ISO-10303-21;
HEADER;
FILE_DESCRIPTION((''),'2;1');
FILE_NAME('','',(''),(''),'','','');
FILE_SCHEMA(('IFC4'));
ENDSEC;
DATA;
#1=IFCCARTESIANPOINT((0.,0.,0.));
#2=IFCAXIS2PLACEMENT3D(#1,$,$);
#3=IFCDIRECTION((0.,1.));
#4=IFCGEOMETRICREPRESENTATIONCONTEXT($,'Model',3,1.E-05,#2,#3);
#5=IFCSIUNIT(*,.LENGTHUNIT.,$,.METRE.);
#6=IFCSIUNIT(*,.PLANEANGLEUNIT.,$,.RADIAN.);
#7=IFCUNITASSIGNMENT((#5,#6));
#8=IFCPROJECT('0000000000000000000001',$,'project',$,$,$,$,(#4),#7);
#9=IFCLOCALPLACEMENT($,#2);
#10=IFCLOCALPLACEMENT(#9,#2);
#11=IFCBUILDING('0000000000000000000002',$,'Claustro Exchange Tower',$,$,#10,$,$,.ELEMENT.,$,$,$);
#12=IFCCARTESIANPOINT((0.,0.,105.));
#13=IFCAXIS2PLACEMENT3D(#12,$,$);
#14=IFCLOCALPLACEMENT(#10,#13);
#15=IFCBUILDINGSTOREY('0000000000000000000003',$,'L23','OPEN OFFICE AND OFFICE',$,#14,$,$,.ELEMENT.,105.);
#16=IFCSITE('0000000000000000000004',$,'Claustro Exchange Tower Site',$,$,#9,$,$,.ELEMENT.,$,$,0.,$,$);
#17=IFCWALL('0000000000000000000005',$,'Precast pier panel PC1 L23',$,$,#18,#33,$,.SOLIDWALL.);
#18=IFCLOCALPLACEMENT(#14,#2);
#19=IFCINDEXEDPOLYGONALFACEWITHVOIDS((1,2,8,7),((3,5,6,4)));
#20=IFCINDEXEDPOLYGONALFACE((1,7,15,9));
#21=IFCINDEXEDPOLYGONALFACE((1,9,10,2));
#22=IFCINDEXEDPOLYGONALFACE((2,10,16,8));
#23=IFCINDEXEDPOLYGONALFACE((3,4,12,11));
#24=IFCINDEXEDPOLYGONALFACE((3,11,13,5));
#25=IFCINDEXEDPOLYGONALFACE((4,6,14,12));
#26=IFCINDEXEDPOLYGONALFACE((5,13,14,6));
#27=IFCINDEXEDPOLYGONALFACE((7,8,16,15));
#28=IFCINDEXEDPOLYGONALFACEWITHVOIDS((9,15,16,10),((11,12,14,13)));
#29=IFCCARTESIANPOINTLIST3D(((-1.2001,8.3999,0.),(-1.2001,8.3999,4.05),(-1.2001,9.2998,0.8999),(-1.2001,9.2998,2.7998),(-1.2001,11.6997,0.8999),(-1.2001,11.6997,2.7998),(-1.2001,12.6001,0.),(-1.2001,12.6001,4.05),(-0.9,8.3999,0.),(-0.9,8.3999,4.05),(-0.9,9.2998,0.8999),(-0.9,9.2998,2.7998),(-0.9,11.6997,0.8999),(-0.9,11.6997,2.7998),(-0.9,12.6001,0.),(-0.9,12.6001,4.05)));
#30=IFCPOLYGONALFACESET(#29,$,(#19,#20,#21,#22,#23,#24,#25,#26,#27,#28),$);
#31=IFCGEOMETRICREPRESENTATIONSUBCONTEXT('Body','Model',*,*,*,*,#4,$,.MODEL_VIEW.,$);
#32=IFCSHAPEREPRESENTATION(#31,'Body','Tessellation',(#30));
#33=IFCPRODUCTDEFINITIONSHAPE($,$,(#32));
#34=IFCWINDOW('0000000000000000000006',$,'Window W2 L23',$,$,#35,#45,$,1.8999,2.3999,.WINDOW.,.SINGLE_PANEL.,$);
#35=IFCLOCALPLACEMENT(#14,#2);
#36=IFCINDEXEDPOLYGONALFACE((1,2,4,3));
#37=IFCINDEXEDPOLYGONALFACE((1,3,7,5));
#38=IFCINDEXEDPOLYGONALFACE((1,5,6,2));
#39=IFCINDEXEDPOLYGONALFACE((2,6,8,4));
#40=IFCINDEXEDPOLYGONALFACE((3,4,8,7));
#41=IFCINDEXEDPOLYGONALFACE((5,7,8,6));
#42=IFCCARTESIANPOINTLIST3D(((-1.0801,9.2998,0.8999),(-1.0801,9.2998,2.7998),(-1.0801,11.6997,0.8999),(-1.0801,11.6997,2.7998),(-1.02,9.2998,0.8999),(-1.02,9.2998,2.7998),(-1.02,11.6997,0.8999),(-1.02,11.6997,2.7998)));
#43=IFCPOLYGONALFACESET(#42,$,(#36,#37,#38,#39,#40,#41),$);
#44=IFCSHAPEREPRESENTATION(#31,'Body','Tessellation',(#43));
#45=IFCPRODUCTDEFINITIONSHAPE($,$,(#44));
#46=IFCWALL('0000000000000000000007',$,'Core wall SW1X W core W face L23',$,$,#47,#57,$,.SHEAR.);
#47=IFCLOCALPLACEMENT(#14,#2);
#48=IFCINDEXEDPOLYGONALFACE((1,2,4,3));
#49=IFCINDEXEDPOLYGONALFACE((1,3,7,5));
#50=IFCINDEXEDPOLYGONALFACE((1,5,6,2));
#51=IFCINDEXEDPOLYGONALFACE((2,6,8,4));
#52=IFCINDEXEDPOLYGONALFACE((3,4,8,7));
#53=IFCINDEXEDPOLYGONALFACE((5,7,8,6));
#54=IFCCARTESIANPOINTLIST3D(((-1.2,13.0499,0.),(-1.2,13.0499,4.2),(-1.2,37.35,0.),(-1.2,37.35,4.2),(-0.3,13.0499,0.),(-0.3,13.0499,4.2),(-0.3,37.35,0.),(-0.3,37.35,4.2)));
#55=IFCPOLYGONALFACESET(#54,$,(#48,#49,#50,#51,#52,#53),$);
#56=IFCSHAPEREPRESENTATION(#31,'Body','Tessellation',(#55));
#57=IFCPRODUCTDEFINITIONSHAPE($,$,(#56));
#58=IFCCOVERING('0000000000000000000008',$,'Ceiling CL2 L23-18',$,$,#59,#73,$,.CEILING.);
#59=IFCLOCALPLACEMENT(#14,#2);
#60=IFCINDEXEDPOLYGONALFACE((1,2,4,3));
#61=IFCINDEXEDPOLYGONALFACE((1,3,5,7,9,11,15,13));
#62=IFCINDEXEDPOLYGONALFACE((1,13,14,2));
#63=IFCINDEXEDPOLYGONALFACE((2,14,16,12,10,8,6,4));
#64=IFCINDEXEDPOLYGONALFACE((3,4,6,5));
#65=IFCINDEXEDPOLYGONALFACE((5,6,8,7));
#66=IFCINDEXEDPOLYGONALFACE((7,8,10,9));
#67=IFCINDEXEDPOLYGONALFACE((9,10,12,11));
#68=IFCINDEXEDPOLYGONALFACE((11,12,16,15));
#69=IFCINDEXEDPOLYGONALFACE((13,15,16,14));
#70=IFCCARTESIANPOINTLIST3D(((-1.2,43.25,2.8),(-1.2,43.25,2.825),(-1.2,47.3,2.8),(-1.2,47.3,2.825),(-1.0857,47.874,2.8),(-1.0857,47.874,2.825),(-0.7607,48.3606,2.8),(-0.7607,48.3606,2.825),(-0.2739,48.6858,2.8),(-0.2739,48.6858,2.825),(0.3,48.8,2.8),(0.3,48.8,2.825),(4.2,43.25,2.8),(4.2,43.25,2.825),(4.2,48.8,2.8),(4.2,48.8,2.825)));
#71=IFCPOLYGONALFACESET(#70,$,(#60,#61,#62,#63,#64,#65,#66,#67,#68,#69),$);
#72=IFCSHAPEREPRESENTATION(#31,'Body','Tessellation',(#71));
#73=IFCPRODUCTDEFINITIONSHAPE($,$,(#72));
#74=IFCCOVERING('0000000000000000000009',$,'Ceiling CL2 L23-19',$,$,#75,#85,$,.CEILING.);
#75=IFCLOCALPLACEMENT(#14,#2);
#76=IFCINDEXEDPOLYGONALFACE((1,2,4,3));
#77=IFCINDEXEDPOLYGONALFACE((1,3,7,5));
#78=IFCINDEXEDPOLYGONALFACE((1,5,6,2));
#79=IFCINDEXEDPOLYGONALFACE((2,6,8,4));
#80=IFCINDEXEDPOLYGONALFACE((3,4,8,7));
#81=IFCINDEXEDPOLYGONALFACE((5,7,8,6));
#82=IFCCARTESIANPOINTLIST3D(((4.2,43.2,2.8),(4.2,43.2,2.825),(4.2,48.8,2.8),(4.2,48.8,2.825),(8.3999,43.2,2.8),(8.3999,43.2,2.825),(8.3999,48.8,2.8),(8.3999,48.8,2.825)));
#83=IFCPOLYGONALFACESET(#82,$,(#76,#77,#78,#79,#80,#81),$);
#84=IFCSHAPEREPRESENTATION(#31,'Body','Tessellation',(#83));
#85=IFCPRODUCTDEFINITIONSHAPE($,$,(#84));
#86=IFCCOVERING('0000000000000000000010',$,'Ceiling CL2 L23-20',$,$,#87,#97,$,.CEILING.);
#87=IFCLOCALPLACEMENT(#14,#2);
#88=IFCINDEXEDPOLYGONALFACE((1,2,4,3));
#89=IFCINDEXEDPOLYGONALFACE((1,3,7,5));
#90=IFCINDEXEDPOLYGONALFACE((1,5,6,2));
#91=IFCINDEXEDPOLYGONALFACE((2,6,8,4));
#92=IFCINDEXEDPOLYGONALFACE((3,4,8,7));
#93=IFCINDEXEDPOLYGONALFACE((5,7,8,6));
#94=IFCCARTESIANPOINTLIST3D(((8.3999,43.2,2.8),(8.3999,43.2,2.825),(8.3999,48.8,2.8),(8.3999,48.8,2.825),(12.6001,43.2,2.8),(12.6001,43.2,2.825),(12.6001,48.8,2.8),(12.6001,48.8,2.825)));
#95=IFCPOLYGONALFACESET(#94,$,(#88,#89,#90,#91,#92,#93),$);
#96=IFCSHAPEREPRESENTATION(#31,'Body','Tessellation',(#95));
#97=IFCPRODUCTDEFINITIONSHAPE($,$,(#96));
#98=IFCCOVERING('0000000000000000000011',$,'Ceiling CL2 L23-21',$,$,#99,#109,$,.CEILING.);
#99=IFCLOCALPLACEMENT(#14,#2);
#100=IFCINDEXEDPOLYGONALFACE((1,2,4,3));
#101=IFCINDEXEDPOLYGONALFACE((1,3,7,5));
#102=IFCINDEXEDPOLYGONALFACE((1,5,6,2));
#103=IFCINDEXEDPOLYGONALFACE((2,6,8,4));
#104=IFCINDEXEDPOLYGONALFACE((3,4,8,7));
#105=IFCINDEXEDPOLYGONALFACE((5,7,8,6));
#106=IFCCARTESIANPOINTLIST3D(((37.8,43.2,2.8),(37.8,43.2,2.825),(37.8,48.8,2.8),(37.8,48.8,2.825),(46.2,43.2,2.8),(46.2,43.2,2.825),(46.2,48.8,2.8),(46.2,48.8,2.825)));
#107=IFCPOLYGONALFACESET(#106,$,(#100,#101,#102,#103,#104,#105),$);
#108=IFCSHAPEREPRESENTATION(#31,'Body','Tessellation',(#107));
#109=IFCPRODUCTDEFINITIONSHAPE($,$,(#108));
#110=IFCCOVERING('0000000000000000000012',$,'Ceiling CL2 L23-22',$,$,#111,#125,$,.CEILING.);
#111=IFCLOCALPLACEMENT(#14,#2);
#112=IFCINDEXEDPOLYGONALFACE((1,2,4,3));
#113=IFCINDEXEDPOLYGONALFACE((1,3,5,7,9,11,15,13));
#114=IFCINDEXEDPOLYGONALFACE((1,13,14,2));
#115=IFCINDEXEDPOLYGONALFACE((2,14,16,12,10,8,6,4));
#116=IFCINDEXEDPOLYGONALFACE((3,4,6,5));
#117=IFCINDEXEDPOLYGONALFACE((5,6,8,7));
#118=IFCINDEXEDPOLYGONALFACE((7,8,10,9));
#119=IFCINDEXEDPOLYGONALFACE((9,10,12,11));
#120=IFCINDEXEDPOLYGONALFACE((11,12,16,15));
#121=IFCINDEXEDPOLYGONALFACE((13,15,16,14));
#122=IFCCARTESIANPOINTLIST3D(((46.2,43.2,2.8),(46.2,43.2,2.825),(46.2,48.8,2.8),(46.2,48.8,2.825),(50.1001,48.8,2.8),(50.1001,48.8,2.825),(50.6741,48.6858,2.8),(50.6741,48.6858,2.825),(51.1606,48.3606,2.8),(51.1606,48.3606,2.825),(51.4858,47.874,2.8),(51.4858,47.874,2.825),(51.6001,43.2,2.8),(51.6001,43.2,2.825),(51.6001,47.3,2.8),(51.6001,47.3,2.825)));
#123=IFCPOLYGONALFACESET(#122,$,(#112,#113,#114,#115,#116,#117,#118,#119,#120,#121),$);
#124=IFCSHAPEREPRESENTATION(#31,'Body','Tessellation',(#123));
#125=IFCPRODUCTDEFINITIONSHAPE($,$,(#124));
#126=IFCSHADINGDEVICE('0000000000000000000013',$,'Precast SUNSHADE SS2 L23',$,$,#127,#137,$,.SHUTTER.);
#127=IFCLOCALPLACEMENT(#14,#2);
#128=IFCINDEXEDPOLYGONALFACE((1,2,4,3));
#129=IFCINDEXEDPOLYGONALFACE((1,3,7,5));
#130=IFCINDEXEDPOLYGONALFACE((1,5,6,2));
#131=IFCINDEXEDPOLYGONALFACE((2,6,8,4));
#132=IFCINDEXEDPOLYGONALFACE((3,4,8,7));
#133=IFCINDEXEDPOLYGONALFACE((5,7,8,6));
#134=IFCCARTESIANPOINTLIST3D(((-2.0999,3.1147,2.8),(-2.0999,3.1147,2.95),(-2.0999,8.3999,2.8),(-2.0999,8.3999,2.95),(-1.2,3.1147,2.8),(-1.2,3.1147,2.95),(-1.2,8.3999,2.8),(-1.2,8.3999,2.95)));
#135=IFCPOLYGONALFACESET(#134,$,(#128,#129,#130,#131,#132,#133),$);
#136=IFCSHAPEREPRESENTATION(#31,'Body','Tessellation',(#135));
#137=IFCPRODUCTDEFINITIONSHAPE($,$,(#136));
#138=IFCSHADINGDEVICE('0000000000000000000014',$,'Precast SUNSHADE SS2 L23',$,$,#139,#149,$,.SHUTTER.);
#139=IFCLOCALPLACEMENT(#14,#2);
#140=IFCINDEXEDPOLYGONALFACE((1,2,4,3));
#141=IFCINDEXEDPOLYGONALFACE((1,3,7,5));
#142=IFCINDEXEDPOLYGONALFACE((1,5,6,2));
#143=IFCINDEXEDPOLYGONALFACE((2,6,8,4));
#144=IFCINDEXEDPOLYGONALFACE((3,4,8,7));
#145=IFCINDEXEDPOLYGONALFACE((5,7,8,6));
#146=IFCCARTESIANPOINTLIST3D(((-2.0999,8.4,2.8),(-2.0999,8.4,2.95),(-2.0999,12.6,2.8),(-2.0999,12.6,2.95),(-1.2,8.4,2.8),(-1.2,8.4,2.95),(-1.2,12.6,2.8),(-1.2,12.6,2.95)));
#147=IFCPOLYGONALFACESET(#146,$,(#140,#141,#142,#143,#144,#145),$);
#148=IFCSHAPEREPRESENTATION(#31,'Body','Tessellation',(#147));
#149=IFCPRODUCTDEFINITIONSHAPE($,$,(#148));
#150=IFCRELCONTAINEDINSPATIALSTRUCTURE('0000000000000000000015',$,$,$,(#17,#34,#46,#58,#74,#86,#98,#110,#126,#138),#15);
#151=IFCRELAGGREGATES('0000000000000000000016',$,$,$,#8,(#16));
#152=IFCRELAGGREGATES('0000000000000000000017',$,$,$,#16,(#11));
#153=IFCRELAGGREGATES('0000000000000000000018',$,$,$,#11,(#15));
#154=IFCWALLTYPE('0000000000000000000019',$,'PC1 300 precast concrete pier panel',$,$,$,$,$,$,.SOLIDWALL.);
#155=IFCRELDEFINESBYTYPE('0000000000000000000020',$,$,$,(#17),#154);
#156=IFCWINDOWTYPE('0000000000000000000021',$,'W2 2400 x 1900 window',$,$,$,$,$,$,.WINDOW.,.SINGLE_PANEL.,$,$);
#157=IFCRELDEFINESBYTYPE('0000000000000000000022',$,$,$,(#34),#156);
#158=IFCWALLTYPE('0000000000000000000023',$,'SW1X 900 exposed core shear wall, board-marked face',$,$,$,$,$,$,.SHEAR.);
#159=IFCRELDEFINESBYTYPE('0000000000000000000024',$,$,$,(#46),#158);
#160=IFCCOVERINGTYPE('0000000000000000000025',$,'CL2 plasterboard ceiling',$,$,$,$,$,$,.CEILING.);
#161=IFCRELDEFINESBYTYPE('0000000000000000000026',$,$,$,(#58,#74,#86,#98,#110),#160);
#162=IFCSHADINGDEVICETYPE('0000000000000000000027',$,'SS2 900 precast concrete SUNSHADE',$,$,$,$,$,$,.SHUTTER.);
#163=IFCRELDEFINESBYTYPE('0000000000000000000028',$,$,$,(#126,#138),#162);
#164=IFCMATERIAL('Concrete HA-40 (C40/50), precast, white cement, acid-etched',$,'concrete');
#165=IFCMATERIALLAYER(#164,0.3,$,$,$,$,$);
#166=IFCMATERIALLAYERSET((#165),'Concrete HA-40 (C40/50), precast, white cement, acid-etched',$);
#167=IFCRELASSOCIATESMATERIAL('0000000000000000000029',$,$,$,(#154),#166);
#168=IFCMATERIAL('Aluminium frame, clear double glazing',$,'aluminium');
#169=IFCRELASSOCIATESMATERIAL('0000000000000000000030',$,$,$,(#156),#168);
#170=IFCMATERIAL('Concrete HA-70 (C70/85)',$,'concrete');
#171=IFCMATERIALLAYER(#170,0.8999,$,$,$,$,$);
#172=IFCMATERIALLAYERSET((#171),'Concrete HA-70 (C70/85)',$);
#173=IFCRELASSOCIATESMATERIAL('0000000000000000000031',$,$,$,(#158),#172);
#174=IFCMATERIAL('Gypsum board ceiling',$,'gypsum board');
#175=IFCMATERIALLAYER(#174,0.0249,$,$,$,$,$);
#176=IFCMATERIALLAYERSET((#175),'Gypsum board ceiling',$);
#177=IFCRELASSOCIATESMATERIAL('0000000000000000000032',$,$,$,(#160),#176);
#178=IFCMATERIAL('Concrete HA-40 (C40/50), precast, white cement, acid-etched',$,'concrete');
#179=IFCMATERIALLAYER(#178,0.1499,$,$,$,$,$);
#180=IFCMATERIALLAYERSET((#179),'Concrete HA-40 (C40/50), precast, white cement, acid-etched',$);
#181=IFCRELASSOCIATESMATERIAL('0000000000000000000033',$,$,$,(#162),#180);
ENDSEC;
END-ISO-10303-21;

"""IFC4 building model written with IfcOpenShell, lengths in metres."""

from ifc_helpers import new_model, si_unit, direction, frame, frame_2d, origin, origin_2d, place, context, subcontext, project, spatial, polyline, rectangle, outline, extrude, material, layer, layer_set, type_object, element, fill, save


model = new_model("IFC4")

# Units and contexts
model_context = context("Model", 3, precision=1e-05, world=origin(), true_north=direction((0.0, 1.0)))
body_context = subcontext(model_context, "Body", "Model", "MODEL_VIEW")
ifc_project = project(units=[si_unit("LENGTHUNIT", "METRE"), si_unit("PLANEANGLEUNIT", "RADIAN")], contexts=[model_context])

# Site, building, storey
site_placement = place(None, origin())
site = spatial("IfcSite", under=ifc_project, at=site_placement, Name="Claustro Exchange Tower Site", CompositionType="ELEMENT", RefElevation=0.0)
building_placement = place(site_placement, origin())
building = spatial("IfcBuilding", under=site, at=building_placement, Name="Claustro Exchange Tower", CompositionType="ELEMENT")
storey_placement = place(building_placement, frame((0.0, 0.0, 105.0)))
storey = spatial("IfcBuildingStorey", under=building, at=storey_placement, Name="L23", Description="OPEN OFFICE AND OFFICE", CompositionType="ELEMENT", Elevation=105.0)

# Shared definitions
ifc_material_1 = material(Name="Concrete HA-40 (C40/50), precast, white cement, acid-etched", Category="concrete")
ifc_layer_1 = layer(ifc_material_1, 0.3)
ifc_layer_set_1 = layer_set([ifc_layer_1], Name="Concrete HA-40 (C40/50), precast, white cement, acid-etched")
wall_type_1 = type_object("IfcWallType", Name="PC1 300 precast concrete pier panel", PredefinedType="SOLIDWALL", material=ifc_layer_set_1)

# Wall, opening, window
ifc_material_2 = material(Name="Aluminium frame, clear double glazing", Category="aluminium")
window_type = type_object("IfcWindowType", Name="W2 2400 x 1900 window", PartitioningType="SINGLE_PANEL", PredefinedType="WINDOW", material=ifc_material_2)
wall_1_placement = place(storey_placement, frame((-1.05, 8.3999, 0.0), z_axis=(0.0, 0.0, 1.0), x_axis=(0.0, 1.0, 0.0)))
wall_1 = element("IfcWall", 1, at=wall_1_placement, inside=storey, type_object=wall_type_1, Name="Precast pier panel PC1 L23", PredefinedType="SOLIDWALL", context=body_context, shape_type="SweptSolid", body=[
    extrude(rectangle(XDim=4.2002, YDim=0.3, at=frame_2d((2.1001, 0.0))), origin(), (0.0, 0.0, 1.0), 4.05),
])
opening_1_placement = place(wall_1_placement, frame((0.8999, 0.0, 0.8999)))
opening_1 = element("IfcOpeningElement", 2, at=opening_1_placement, cuts=wall_1, PredefinedType="OPENING", context=body_context, shape_type="SweptSolid", body=[
    extrude(rectangle(XDim=2.3999, YDim=1.8999, at=frame_2d((1.2, 0.95))), frame((0.0, 0.1599, 0.0), z_axis=(0.0, -1.0, 0.0), x_axis=(1.0, 0.0, 0.0)), (0.0, 0.0, 1.0), 0.3201),
])
window_1_placement = place(opening_1_placement, origin())
window_1 = element("IfcWindow", 3, at=window_1_placement, inside=storey, type_object=window_type, Name="Window W2 L23", OverallHeight=1.8999, OverallWidth=2.3999, PartitioningType="SINGLE_PANEL", PredefinedType="WINDOW", context=body_context, shape_type="SweptSolid", body=[
    extrude(rectangle(XDim=2.3999, YDim=1.8999, at=frame_2d((1.2, 0.95))), frame((0.0, 0.03, 0.0), z_axis=(0.0, -1.0, 0.0), x_axis=(1.0, 0.0, 0.0)), (0.0, 0.0, 1.0), 0.0601),
])
fill(opening_1, window_1)

# Wall
ifc_material_3 = material(Name="Concrete HA-70 (C70/85)", Category="concrete")
ifc_layer_2 = layer(ifc_material_3, 0.8999)
ifc_layer_set_2 = layer_set([ifc_layer_2], Name="Concrete HA-70 (C70/85)")
wall_type_2 = type_object("IfcWallType", Name="SW1X 900 exposed core shear wall, board-marked face", PredefinedType="SHEAR", material=ifc_layer_set_2)
wall_2_placement = place(storey_placement, frame((-0.75, 13.05, 0.0), z_axis=(0.0, 0.0, 1.0), x_axis=(0.0, 1.0, 0.0)))
element("IfcWall", 4, at=wall_2_placement, inside=storey, type_object=wall_type_2, Name="Core wall SW1X W core W face L23", PredefinedType="SHEAR", context=body_context, shape_type="SweptSolid", body=[
    extrude(rectangle(XDim=24.3, YDim=0.8999, at=frame_2d((12.1499, 0.0))), origin(), (0.0, 0.0, 1.0), 4.2),
])

# Coverings
ifc_material_4 = material(Name="Gypsum board ceiling", Category="gypsum board")
ifc_layer_3 = layer(ifc_material_4, 0.0249)
ifc_layer_set_3 = layer_set([ifc_layer_3], Name="Gypsum board ceiling")
covering_type = type_object("IfcCoveringType", Name="CL2 plasterboard ceiling", PredefinedType="CEILING", material=ifc_layer_set_3)
covering_1_placement = place(storey_placement, frame((0.0, 0.0, 2.8)))
element("IfcCovering", 5, at=covering_1_placement, inside=storey, type_object=covering_type, Name="Ceiling CL2 L23-18", PredefinedType="CEILING", context=body_context, shape_type="SweptSolid", body=[
    extrude(outline(polyline([(-1.2, 47.3), (-1.2, 43.25), (4.2, 43.25), (4.2, 48.8), (0.3, 48.8), (-0.2739, 48.6858), (-0.7607, 48.3606), (-1.0857, 47.874), (-1.2, 47.3)])), origin(), (0.0, 0.0, 1.0), 0.0249),
])
covering_2_placement = place(storey_placement, frame((0.0, 0.0, 2.8)))
element("IfcCovering", 6, at=covering_2_placement, inside=storey, type_object=covering_type, Name="Ceiling CL2 L23-19", PredefinedType="CEILING", context=body_context, shape_type="SweptSolid", body=[
    extrude(outline(polyline([(8.3999, 48.8), (4.2, 48.8), (4.2, 43.2), (8.3999, 43.2), (8.3999, 48.8)])), origin(), (0.0, 0.0, 1.0), 0.0249),
])
covering_3_placement = place(storey_placement, frame((0.0, 0.0, 2.8)))
element("IfcCovering", 7, at=covering_3_placement, inside=storey, type_object=covering_type, Name="Ceiling CL2 L23-20", PredefinedType="CEILING", context=body_context, shape_type="SweptSolid", body=[
    extrude(outline(polyline([(12.6001, 48.8), (8.3999, 48.8), (8.3999, 43.2), (12.6001, 43.2), (12.6001, 48.8)])), origin(), (0.0, 0.0, 1.0), 0.0249),
])
covering_4_placement = place(storey_placement, frame((0.0, 0.0, 2.8)))
element("IfcCovering", 8, at=covering_4_placement, inside=storey, type_object=covering_type, Name="Ceiling CL2 L23-21", PredefinedType="CEILING", context=body_context, shape_type="SweptSolid", body=[
    extrude(outline(polyline([(46.2, 48.8), (37.8, 48.8), (37.8, 43.2), (46.2, 43.2), (46.2, 48.8)])), origin(), (0.0, 0.0, 1.0), 0.0249),
])
covering_5_placement = place(storey_placement, frame((0.0, 0.0, 2.8)))
element("IfcCovering", 9, at=covering_5_placement, inside=storey, type_object=covering_type, Name="Ceiling CL2 L23-22", PredefinedType="CEILING", context=body_context, shape_type="SweptSolid", body=[
    extrude(outline(polyline([(50.1001, 48.8), (46.2, 48.8), (46.2, 43.2), (51.6001, 43.2), (51.6001, 47.3), (51.4858, 47.874), (51.1606, 48.3606), (50.6741, 48.6858), (50.1001, 48.8)])), origin(), (0.0, 0.0, 1.0), 0.0249),
])

# Shading devices
ifc_material_5 = material(Name="Concrete HA-40 (C40/50), precast, white cement, acid-etched", Category="concrete")
ifc_layer_4 = layer(ifc_material_5, 0.1499)
ifc_layer_set_4 = layer_set([ifc_layer_4], Name="Concrete HA-40 (C40/50), precast, white cement, acid-etched")
shading_device_type = type_object("IfcShadingDeviceType", Name="SS2 900 precast concrete SUNSHADE", PredefinedType="SHUTTER", material=ifc_layer_set_4)
shading_device_1_placement = place(storey_placement, frame((-1.6499, 5.7573, 2.8), z_axis=(0.0, 0.0, 1.0), x_axis=(0.0, 1.0, 0.0)))
element("IfcShadingDevice", 10, at=shading_device_1_placement, inside=storey, type_object=shading_device_type, Name="Precast SUNSHADE SS2 L23", PredefinedType="SHUTTER", context=body_context, shape_type="SweptSolid", body=[
    extrude(rectangle(XDim=5.2852, YDim=0.8999, at=origin_2d()), origin(), (0.0, 0.0, 1.0), 0.1499),
])
shading_device_2_placement = place(storey_placement, frame((-1.6499, 10.5, 2.8), z_axis=(0.0, 0.0, 1.0), x_axis=(0.0, 1.0, 0.0)))
element("IfcShadingDevice", 11, at=shading_device_2_placement, inside=storey, type_object=shading_device_type, Name="Precast SUNSHADE SS2 L23", PredefinedType="SHUTTER", context=body_context, shape_type="SweptSolid", body=[
    extrude(rectangle(XDim=4.2, YDim=0.8999, at=origin_2d()), origin(), (0.0, 0.0, 1.0), 0.1499),
])

save(model, "model.ifc")
